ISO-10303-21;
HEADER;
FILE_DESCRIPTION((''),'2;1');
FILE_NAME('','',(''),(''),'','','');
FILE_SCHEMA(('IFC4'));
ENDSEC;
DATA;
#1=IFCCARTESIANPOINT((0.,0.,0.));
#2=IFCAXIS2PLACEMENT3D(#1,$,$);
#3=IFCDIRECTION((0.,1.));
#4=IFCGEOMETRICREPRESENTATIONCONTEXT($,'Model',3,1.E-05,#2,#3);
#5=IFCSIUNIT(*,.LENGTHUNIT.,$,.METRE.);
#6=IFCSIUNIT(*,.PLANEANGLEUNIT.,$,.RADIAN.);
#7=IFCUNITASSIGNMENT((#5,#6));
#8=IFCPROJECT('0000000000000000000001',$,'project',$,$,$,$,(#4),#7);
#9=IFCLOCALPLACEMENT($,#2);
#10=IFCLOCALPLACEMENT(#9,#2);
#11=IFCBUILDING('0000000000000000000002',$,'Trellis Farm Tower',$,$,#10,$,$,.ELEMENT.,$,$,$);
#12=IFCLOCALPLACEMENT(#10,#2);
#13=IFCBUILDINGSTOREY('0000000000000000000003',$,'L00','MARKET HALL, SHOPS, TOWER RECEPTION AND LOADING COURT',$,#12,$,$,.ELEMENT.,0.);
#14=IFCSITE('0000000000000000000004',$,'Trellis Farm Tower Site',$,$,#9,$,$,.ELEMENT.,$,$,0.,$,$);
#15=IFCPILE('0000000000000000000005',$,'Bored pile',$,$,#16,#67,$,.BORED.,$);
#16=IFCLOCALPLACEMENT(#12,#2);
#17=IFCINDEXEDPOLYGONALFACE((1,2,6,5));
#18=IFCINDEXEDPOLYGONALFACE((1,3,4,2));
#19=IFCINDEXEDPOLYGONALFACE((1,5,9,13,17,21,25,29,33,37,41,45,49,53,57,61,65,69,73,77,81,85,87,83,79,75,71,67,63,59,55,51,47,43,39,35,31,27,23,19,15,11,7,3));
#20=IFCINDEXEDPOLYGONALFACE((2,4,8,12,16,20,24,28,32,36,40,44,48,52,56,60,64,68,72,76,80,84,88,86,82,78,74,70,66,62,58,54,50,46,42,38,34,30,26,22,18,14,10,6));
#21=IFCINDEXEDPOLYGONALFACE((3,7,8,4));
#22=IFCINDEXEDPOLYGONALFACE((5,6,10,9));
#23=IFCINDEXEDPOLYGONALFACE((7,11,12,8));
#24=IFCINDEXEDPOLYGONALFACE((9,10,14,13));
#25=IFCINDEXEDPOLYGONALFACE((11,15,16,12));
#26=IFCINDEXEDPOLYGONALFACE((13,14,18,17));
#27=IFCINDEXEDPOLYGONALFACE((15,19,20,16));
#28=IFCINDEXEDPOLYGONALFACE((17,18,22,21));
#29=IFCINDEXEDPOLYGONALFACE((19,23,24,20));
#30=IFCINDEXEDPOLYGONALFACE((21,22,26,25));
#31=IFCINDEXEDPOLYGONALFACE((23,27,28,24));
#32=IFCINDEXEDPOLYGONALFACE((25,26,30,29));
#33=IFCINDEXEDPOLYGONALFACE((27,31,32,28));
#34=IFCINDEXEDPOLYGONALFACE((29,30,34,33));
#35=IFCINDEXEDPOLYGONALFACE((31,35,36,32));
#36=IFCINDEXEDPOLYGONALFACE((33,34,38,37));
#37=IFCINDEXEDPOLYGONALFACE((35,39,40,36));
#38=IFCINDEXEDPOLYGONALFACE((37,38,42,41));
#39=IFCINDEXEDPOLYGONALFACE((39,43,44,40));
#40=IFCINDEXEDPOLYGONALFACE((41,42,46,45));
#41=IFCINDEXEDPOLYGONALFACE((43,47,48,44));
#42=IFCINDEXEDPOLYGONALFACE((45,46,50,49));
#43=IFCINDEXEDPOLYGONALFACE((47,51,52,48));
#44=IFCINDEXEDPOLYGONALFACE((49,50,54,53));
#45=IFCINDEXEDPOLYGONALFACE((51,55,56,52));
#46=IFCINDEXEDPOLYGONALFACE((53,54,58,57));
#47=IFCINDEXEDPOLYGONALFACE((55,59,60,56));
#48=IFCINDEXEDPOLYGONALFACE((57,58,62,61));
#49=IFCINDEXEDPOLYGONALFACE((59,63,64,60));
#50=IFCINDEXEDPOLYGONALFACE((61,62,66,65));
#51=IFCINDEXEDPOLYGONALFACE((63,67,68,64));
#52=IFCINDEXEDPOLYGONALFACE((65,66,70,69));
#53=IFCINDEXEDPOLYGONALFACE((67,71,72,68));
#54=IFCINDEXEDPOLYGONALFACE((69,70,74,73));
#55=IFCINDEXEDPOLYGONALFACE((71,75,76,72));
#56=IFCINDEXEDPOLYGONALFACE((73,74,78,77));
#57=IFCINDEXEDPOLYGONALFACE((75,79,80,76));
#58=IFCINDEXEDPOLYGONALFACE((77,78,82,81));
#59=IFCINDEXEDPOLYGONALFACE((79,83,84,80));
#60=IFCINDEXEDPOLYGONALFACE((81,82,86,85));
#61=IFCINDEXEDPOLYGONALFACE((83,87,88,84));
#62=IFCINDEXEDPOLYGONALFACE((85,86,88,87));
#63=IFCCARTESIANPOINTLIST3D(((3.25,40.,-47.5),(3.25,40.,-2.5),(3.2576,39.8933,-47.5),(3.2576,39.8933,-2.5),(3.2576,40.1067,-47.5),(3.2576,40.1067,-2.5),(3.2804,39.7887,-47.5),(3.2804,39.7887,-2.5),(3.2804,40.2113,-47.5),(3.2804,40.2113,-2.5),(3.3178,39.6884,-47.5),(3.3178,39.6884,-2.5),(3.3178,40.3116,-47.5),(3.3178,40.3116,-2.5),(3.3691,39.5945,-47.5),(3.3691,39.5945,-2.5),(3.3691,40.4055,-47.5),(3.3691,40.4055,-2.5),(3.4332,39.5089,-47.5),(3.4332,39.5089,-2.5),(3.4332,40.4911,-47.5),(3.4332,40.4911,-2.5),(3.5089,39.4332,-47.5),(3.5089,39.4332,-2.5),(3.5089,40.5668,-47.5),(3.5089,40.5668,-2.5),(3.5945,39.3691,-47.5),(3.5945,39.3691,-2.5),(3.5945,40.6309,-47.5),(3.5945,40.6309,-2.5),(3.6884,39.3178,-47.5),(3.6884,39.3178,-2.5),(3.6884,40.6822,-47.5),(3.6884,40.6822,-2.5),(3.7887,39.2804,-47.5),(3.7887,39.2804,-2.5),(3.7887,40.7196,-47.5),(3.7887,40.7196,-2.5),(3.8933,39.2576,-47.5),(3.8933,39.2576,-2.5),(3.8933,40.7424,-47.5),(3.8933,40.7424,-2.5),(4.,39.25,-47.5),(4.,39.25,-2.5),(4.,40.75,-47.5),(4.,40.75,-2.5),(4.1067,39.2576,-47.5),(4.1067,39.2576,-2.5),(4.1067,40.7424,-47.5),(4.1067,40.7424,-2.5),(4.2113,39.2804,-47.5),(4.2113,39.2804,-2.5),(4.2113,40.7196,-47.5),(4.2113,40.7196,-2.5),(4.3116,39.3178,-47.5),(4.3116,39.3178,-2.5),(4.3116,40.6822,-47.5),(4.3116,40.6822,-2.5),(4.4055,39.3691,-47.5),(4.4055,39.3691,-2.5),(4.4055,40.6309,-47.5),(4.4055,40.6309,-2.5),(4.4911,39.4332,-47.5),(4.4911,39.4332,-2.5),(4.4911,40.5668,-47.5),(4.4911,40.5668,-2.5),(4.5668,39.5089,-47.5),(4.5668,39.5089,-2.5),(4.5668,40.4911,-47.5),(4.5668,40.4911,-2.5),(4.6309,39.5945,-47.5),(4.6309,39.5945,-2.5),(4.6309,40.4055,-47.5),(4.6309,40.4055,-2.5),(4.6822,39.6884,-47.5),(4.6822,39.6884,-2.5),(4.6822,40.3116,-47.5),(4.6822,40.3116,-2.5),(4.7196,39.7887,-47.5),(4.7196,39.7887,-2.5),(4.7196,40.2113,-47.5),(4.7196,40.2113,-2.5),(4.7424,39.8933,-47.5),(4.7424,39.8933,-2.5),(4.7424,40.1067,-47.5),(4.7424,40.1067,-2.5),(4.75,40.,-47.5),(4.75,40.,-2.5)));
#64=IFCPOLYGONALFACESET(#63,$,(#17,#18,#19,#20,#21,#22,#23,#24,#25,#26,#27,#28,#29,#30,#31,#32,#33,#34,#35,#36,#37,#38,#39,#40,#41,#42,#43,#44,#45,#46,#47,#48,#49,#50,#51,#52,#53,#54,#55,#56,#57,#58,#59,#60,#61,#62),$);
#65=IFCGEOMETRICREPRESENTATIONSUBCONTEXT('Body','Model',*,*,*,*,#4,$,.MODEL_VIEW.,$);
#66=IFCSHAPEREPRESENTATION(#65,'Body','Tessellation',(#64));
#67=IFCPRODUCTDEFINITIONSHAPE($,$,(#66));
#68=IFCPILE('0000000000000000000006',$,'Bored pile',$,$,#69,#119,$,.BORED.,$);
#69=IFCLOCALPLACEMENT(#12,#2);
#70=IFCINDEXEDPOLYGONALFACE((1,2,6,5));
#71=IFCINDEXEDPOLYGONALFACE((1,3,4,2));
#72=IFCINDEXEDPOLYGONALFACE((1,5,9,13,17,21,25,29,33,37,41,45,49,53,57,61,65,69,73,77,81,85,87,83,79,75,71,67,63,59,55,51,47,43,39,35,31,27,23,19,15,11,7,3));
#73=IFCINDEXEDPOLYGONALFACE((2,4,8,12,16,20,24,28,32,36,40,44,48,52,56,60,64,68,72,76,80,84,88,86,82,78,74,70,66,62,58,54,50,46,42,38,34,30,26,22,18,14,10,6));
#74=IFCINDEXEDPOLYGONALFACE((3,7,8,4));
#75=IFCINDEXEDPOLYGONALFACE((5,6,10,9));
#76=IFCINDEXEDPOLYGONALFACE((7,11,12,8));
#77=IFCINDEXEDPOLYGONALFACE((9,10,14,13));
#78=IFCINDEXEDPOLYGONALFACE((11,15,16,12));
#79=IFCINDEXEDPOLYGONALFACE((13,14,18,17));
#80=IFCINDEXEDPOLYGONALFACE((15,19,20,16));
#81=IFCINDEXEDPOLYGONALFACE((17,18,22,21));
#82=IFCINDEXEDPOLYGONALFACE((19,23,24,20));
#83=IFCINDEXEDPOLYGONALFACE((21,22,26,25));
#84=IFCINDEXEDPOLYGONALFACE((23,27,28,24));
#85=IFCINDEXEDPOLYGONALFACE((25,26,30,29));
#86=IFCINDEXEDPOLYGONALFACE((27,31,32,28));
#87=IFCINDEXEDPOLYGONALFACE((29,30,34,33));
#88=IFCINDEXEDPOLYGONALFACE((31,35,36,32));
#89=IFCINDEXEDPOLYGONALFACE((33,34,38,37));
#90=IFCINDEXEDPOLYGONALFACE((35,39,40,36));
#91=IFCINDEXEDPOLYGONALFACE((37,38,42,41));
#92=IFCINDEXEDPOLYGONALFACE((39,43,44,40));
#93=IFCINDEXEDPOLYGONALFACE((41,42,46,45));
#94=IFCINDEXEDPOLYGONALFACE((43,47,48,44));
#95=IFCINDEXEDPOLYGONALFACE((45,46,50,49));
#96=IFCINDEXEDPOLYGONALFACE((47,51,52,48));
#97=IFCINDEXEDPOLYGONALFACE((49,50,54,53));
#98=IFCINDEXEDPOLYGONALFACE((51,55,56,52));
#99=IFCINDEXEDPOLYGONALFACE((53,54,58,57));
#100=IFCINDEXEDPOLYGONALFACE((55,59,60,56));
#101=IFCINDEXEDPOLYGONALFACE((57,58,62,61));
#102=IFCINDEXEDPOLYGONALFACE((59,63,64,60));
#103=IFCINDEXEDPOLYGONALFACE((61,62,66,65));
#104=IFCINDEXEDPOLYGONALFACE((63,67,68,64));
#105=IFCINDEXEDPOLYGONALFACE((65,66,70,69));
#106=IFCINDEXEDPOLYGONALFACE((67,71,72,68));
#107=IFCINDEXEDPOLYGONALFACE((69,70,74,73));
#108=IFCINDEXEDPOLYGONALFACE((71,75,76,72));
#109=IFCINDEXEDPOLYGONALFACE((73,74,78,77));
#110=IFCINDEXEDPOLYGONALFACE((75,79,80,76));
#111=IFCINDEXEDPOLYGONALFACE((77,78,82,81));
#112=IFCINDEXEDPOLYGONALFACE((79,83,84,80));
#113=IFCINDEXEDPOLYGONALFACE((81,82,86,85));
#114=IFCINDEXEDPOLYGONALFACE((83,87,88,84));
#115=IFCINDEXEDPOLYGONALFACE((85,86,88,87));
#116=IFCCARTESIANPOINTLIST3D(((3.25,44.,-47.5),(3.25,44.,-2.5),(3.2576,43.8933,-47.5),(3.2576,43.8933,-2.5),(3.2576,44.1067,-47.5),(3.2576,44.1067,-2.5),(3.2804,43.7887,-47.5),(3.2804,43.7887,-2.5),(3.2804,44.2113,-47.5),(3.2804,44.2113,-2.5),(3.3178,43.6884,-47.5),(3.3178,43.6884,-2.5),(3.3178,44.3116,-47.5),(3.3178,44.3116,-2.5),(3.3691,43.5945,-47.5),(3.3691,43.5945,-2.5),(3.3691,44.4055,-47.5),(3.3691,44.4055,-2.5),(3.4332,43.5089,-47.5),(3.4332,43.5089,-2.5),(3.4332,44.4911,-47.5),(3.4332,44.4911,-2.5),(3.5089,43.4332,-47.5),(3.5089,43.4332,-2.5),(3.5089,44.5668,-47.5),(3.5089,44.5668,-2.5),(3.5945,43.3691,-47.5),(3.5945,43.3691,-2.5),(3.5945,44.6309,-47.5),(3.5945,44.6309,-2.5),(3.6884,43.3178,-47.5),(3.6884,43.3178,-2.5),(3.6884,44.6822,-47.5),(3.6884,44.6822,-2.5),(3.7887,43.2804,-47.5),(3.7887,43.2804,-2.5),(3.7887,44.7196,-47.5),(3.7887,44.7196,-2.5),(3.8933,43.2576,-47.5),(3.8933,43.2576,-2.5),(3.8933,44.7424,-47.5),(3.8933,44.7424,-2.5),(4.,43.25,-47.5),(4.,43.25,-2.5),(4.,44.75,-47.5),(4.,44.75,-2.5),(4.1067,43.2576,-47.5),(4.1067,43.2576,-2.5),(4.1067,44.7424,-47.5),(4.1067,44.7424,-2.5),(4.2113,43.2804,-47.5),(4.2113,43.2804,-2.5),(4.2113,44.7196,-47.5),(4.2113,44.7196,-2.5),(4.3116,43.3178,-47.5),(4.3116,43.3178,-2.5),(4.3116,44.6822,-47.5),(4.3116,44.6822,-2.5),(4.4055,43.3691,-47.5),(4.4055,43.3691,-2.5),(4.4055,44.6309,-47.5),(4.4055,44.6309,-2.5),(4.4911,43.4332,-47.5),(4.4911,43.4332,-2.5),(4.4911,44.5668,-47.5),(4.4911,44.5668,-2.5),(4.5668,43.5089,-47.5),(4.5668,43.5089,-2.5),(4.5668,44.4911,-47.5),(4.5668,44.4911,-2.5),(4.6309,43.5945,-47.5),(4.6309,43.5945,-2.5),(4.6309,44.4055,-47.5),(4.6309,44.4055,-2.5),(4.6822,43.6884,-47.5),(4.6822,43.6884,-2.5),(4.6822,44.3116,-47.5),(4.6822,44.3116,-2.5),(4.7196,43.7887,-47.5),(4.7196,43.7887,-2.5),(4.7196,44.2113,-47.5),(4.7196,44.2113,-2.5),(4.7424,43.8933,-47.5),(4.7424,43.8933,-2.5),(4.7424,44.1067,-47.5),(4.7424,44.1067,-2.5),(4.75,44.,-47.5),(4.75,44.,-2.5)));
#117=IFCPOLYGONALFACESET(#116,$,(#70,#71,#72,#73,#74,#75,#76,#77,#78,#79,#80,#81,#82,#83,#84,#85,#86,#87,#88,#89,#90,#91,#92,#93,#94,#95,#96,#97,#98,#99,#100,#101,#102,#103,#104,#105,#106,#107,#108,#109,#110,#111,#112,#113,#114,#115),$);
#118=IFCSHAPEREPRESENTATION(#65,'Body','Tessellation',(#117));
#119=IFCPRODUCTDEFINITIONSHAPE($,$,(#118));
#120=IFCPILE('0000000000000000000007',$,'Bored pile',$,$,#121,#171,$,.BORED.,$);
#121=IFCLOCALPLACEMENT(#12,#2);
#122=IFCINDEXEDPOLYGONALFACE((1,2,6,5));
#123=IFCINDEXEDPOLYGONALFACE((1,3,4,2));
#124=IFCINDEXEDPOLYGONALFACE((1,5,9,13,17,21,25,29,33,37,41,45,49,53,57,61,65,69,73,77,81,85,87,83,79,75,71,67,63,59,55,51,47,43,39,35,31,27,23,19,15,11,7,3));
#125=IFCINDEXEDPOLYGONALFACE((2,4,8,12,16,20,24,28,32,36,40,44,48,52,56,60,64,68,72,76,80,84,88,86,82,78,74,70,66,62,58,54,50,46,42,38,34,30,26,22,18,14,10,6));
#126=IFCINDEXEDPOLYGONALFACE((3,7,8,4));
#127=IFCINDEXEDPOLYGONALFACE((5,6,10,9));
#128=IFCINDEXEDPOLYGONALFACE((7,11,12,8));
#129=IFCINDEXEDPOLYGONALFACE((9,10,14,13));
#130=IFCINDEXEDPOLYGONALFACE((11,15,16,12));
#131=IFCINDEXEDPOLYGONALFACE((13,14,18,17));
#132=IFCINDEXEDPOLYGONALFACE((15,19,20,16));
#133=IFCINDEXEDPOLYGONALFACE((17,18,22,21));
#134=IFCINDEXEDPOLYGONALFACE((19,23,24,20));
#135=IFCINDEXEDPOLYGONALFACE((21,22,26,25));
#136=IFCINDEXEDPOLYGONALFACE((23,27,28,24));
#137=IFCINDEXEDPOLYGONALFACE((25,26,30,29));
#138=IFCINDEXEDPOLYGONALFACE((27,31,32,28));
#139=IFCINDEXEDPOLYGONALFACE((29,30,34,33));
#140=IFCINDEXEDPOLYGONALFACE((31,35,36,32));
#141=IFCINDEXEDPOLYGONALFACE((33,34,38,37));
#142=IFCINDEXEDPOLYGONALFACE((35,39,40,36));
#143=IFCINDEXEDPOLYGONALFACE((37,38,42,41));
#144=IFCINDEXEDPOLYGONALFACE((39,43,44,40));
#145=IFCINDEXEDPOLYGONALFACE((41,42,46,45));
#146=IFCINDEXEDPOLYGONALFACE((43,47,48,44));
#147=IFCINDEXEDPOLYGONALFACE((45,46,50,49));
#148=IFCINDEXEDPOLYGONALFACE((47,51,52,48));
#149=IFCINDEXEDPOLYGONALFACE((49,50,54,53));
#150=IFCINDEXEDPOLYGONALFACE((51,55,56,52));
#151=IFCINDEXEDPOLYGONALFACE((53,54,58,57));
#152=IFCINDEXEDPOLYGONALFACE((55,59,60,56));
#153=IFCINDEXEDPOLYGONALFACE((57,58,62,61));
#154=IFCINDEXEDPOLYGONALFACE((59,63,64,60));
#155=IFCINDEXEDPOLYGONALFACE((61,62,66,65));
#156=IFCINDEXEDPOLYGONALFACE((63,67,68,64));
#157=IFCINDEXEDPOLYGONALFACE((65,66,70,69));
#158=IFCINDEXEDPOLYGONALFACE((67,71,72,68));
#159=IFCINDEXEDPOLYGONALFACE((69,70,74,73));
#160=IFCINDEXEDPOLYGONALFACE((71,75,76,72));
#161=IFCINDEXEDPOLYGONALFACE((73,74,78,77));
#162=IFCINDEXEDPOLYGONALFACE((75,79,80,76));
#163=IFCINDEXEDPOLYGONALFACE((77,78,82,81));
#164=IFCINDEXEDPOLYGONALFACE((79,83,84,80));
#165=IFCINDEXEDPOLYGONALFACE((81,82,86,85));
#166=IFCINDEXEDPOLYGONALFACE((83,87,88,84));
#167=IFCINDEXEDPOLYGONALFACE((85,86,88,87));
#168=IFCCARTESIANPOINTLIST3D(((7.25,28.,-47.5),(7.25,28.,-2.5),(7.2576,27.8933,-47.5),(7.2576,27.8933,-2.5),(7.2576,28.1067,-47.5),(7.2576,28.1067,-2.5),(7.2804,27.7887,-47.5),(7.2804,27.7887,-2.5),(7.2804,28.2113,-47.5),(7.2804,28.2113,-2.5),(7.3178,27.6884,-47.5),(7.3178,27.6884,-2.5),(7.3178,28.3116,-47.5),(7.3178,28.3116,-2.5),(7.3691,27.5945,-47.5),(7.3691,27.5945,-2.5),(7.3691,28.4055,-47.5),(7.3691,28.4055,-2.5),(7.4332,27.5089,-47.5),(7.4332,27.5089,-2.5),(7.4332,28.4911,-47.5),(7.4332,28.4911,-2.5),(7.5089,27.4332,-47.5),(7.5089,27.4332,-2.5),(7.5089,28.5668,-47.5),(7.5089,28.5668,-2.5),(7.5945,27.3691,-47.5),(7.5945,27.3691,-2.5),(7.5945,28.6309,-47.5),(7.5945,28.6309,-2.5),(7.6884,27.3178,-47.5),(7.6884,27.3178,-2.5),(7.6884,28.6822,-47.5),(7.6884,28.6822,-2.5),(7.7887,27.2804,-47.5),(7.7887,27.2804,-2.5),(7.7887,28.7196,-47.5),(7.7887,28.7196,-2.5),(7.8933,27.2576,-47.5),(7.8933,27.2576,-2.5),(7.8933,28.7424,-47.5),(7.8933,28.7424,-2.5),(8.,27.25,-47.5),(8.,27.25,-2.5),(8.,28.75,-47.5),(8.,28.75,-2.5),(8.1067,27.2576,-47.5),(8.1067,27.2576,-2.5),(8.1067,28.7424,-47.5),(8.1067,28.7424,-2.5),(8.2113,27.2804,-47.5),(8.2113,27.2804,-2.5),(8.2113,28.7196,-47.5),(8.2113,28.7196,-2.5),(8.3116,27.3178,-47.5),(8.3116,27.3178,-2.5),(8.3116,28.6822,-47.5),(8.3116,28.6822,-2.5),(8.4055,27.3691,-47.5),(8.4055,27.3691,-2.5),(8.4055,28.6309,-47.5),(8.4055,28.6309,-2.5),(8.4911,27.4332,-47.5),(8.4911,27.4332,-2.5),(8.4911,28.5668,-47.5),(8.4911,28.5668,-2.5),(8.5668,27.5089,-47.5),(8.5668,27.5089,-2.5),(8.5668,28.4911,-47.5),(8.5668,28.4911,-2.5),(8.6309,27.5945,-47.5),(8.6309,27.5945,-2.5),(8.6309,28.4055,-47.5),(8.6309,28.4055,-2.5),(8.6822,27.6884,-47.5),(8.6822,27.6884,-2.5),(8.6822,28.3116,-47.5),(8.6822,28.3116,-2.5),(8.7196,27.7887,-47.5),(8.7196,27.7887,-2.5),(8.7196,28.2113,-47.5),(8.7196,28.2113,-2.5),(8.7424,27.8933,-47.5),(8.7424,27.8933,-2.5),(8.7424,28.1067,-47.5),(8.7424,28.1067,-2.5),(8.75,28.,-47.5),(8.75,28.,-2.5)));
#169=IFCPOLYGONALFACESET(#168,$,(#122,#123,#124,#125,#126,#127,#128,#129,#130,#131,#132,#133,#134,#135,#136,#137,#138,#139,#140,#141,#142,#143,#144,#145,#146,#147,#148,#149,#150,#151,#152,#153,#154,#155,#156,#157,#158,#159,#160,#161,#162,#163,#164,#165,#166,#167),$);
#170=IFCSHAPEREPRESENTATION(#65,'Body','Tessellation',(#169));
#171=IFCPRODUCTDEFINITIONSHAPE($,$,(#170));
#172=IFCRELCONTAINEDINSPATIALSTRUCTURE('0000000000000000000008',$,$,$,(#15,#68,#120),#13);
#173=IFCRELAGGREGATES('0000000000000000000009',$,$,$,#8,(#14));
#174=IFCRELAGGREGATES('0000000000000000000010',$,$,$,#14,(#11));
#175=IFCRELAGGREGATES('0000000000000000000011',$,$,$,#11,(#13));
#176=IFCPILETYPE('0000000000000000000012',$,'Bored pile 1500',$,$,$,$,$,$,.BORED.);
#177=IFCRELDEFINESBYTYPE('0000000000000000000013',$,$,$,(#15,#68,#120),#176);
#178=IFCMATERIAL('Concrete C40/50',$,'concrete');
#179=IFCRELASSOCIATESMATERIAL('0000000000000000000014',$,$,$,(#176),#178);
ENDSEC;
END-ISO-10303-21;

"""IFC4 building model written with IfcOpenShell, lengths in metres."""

from ifc_helpers import new_model, si_unit, direction, frame, origin, origin_2d, place, context, subcontext, project, spatial, circle, extrude, source, transform, mapped, material, material_profile, profile_set, type_object, element, save


model = new_model("IFC4")

# Units and contexts
model_context = context("Model", 3, precision=1e-05, world=origin(), true_north=direction((0.0, 1.0)))
body_context = subcontext(model_context, "Body", "Model", "MODEL_VIEW")
ifc_project = project(units=[si_unit("LENGTHUNIT", "METRE"), si_unit("PLANEANGLEUNIT", "RADIAN")], contexts=[model_context])

# Site, building, storey
site_placement = place(None, origin())
site = spatial("IfcSite", under=ifc_project, at=site_placement, Name="Trellis Farm Tower Site", CompositionType="ELEMENT", RefElevation=0.0)
building_placement = place(site_placement, origin())
building = spatial("IfcBuilding", under=site, at=building_placement, Name="Trellis Farm Tower", CompositionType="ELEMENT")
storey_placement = place(building_placement, origin())
storey = spatial("IfcBuildingStorey", under=building, at=storey_placement, Name="L00", Description="MARKET HALL, SHOPS, TOWER RECEPTION AND LOADING COURT", CompositionType="ELEMENT", Elevation=0.0)

# Piles
ifc_material_1 = material(Name="Concrete C40/50", Category="concrete")
ifc_material_profile_1 = material_profile(ifc_material_1, circle(Radius=0.75, at=origin_2d()), Name="Bored pile 1500")
ifc_profile_set_1 = profile_set([ifc_material_profile_1], Name="Concrete C40/50")
pile_type = type_object("IfcPileType", Name="Bored pile 1500", PredefinedType="BORED", material=ifc_profile_set_1)
shared_shape_1 = source(origin(), body_context, "Body", "SweptSolid", [
    extrude(circle(Radius=0.75, at=origin_2d()), origin(), (0.0, 0.0, 1.0), 45.0),
])
for number, where, z_axis, x_axis, name in (
    (1, (4.0, 40.0, -2.5), (0.0, 0.0, -1.0), (1.0, 0.0, 0.0), "Bored pile"),
    (2, (4.0, 44.0, -2.5), (0.0, 0.0, -1.0), (1.0, 0.0, 0.0), "Bored pile"),
    (3, (8.0, 28.0, -2.5), (0.0, 0.0, -1.0), (1.0, 0.0, 0.0), "Bored pile"),
):
    element("IfcPile", number, at=place(storey_placement, frame(where, z_axis=z_axis, x_axis=x_axis)), inside=storey, type_object=pile_type, Name=name, PredefinedType="BORED", context=body_context, shape_type="MappedRepresentation", body=[
        mapped(shared_shape_1, transform((0.0, 0.0, 0.0))),
    ])

save(model, "model.ifc")
